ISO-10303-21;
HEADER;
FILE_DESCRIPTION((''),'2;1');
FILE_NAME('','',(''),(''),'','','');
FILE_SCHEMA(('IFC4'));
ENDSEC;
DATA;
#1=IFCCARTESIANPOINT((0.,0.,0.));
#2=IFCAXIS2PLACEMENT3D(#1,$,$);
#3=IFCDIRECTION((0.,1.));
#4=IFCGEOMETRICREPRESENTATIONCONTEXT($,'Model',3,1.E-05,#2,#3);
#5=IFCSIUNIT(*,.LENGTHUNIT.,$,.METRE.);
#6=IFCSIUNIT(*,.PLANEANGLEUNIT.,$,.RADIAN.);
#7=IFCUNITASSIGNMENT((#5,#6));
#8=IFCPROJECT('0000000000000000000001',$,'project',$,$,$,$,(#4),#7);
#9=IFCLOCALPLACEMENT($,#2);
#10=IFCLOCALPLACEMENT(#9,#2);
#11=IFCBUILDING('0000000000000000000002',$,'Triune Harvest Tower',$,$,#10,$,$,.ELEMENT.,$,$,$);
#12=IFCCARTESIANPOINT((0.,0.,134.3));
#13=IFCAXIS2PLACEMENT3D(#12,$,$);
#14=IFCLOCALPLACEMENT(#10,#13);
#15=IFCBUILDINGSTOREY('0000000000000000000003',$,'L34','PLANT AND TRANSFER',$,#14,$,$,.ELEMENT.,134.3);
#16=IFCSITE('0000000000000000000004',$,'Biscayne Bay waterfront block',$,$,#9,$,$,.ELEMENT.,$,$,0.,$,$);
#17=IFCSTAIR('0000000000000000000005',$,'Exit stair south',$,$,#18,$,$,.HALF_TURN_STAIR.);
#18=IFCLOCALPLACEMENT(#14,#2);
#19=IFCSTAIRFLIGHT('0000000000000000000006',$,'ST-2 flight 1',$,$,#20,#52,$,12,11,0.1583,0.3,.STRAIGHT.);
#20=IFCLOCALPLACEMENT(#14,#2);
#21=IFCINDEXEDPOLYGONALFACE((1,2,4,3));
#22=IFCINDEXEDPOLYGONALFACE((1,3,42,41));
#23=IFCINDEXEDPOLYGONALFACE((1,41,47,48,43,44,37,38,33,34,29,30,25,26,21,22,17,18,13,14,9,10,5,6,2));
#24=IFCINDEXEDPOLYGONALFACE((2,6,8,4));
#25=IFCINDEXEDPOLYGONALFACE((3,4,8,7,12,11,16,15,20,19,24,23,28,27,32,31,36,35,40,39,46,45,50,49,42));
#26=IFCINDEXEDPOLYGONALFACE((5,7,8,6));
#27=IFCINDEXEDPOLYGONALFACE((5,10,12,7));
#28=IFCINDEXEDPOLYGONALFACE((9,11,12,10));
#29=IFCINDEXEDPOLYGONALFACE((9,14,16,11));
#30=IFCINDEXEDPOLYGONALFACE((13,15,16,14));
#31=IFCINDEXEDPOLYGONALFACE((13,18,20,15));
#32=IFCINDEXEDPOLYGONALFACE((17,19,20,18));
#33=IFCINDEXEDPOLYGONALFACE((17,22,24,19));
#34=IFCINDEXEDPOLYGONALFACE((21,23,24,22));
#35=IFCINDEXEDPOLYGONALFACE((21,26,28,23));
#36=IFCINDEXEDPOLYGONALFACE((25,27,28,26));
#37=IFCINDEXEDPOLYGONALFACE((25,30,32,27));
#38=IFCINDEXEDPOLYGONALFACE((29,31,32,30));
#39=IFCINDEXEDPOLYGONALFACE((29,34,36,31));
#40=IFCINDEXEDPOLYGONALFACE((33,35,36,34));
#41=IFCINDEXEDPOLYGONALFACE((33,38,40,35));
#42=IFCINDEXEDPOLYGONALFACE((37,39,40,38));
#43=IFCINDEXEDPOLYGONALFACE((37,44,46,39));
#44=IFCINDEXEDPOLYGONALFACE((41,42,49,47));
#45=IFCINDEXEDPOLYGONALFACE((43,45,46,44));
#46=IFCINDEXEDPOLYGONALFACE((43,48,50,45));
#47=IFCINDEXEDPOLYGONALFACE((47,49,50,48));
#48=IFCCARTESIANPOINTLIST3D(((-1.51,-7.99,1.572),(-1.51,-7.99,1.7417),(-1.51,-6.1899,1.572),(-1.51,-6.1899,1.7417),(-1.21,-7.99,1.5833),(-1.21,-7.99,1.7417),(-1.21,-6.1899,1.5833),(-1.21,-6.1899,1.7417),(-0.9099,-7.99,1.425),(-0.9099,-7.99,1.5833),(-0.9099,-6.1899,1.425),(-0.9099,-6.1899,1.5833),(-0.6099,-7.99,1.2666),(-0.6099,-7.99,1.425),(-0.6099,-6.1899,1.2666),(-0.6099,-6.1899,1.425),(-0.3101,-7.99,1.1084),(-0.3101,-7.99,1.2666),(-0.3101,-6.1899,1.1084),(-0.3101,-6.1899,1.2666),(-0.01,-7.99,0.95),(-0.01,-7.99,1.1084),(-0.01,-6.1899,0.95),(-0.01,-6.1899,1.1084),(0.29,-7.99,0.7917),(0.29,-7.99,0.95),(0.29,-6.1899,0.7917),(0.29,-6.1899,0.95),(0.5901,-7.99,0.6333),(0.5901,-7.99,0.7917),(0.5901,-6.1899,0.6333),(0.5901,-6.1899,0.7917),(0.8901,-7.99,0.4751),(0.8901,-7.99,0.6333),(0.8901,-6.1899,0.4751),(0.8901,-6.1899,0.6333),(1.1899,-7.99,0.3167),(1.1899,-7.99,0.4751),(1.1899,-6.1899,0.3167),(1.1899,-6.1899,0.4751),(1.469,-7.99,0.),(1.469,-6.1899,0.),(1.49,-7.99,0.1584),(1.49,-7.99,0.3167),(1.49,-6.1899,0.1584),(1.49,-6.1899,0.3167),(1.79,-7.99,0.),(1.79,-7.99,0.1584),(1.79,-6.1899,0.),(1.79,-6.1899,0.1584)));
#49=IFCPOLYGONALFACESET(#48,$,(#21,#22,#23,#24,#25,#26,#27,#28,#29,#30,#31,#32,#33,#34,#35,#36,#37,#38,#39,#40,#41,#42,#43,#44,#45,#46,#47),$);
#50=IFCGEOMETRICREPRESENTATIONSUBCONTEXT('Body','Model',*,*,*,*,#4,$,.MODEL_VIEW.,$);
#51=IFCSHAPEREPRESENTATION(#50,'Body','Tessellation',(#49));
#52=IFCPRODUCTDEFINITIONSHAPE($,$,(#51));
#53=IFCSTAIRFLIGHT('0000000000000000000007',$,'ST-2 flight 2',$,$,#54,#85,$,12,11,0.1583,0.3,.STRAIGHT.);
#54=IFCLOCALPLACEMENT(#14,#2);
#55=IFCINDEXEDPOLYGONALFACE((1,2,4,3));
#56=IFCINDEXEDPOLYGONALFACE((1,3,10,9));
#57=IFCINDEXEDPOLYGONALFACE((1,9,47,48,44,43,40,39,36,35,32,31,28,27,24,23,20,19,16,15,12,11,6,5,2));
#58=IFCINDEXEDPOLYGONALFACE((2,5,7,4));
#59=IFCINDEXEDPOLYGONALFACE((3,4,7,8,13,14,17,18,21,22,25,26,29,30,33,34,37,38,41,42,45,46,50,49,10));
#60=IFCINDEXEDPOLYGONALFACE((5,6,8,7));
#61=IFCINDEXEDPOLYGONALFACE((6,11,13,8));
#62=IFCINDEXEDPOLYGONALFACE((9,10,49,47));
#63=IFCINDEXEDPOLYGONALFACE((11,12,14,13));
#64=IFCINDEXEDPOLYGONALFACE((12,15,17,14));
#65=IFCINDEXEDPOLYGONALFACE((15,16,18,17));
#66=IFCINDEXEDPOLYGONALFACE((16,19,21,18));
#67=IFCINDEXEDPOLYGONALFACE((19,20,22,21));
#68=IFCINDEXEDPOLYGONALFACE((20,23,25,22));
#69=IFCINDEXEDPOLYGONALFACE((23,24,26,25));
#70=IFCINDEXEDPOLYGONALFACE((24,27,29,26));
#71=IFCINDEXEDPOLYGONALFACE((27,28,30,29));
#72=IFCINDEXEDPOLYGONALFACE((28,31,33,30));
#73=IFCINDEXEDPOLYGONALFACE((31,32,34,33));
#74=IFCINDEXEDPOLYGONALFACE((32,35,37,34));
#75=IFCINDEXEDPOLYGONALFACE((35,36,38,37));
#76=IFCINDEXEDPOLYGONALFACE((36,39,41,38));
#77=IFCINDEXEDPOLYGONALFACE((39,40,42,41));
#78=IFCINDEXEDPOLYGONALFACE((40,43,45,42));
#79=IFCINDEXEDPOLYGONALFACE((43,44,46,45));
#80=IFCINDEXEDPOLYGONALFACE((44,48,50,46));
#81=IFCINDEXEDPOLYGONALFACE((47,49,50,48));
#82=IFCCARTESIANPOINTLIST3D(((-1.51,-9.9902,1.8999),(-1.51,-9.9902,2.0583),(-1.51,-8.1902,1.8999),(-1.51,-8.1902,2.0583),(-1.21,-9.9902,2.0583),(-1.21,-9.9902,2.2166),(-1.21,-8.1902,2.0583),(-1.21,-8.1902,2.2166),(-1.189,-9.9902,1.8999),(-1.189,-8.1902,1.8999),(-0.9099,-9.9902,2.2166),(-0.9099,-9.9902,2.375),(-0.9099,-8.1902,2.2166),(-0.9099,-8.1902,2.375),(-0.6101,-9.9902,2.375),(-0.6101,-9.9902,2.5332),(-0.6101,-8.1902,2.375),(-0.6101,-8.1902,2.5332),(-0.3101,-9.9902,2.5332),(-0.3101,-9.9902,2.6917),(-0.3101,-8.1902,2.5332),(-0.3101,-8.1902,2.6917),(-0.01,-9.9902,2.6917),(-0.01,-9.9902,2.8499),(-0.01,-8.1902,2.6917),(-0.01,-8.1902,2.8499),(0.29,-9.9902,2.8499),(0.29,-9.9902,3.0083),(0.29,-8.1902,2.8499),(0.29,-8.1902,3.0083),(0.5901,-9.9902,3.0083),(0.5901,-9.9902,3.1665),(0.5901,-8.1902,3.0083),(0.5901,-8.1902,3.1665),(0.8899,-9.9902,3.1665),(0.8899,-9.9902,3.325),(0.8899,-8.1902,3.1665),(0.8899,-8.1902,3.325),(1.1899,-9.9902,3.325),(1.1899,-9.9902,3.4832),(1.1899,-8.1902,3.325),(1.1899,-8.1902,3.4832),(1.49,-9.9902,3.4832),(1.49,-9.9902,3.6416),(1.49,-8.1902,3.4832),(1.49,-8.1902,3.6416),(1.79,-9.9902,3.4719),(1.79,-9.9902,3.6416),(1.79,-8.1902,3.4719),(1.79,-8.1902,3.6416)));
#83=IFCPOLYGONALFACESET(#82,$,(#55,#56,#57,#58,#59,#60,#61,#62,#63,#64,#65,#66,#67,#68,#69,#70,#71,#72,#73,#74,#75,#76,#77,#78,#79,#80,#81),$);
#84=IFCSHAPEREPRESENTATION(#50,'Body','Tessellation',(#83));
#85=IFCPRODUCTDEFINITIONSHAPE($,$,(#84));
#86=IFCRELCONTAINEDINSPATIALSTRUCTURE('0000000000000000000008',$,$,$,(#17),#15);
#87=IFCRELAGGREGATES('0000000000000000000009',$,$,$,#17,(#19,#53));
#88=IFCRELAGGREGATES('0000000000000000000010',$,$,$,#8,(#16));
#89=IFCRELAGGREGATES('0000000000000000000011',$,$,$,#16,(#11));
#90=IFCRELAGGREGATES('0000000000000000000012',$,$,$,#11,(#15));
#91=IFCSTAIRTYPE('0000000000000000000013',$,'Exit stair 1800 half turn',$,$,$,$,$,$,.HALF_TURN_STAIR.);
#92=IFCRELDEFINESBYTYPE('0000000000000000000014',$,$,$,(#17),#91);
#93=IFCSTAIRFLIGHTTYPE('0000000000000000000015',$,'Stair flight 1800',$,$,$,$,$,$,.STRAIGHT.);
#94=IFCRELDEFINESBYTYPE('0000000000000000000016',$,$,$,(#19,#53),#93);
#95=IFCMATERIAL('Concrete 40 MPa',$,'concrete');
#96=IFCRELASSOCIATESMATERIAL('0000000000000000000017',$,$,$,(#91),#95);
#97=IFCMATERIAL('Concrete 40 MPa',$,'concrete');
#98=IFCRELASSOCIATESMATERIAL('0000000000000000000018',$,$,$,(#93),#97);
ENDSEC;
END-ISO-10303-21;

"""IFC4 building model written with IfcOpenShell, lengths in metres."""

from ifc_helpers import new_model, si_unit, direction, frame, origin, place, context, subcontext, project, spatial, polyline, outline, extrude, source, transform, mapped, material, type_object, element, aggregate, save


model = new_model("IFC4")

# Units and contexts
model_context = context("Model", 3, precision=1e-05, world=origin(), true_north=direction((0.0, 1.0)))
body_context = subcontext(model_context, "Body", "Model", "MODEL_VIEW")
ifc_project = project(units=[si_unit("LENGTHUNIT", "METRE"), si_unit("PLANEANGLEUNIT", "RADIAN")], contexts=[model_context])

# Site, building, storey
site_placement = place(None, origin())
site = spatial("IfcSite", under=ifc_project, at=site_placement, Name="Biscayne Bay waterfront block", CompositionType="ELEMENT", RefElevation=0.0)
building_placement = place(site_placement, origin())
building = spatial("IfcBuilding", under=site, at=building_placement, Name="Triune Harvest Tower", CompositionType="ELEMENT")
storey_placement = place(building_placement, frame((0.0, 0.0, 134.3)))
storey = spatial("IfcBuildingStorey", under=building, at=storey_placement, Name="L34", Description="PLANT AND TRANSFER", CompositionType="ELEMENT", Elevation=134.3)

# Stair, stair flights
ifc_material_1 = material(Name="Concrete 40 MPa", Category="concrete")
stair_type = type_object("IfcStairType", Name="Exit stair 1800 half turn", PredefinedType="HALF_TURN_STAIR", material=ifc_material_1)
stair_placement = place(storey_placement, origin())
stair = element("IfcStair", 1, at=stair_placement, inside=storey, type_object=stair_type, Name="Exit stair south", PredefinedType="HALF_TURN_STAIR")
ifc_material_2 = material(Name="Concrete 40 MPa", Category="concrete")
stair_flight_type = type_object("IfcStairFlightType", Name="Stair flight 1800", PredefinedType="STRAIGHT", material=ifc_material_2)
shared_shape_1 = source(origin(), body_context, "Body", "SweptSolid", [
    extrude(outline(polyline([(0.0, 0.0), (0.0, 0.1584), (0.3, 0.1584), (0.3, 0.3167), (0.6001, 0.3167), (0.6001, 0.4751), (0.8999, 0.4751), (0.8999, 0.6333), (1.2, 0.6333), (1.2, 0.7917), (1.5, 0.7917), (1.5, 0.95), (1.8, 0.95), (1.8, 1.1084), (2.1001, 1.1084), (2.1001, 1.2666), (2.3999, 1.2666), (2.3999, 1.425), (2.7, 1.425), (2.7, 1.5833), (3.0, 1.5833), (3.0, 1.7417), (3.3, 1.7417), (3.3, 1.8999), (3.3, 1.572), (0.321, 0.0), (0.0, 0.0)])), frame((0.0, 0.8999, 0.0), z_axis=(0.0, -1.0, 0.0), x_axis=(1.0, 0.0, 0.0)), (0.0, 0.0, 1.0), 1.8),
])
stair_flight_1_placement = place(storey_placement, frame((1.79, -7.0901, 0.0), z_axis=(0.0, 0.0, 1.0), x_axis=(-1.0, 0.0, 0.0)))
stair_flight_1 = element("IfcStairFlight", 2, at=stair_flight_1_placement, type_object=stair_flight_type, Name="ST-2 flight 1", NumberOfRisers=12, NumberOfTreads=11, PredefinedType="STRAIGHT", RiserHeight=0.1583, TreadLength=0.3, context=body_context, shape_type="MappedRepresentation", body=[
    mapped(shared_shape_1, transform((0.0, 0.0, 0.0), scale=1.0)),
])
stair_flight_2_placement = place(storey_placement, frame((-1.51, -9.0901, 1.8999), z_axis=(0.0, 0.0, 1.0), x_axis=(1.0, 0.0, 0.0)))
stair_flight_2 = element("IfcStairFlight", 3, at=stair_flight_2_placement, type_object=stair_flight_type, Name="ST-2 flight 2", NumberOfRisers=12, NumberOfTreads=11, PredefinedType="STRAIGHT", RiserHeight=0.1583, TreadLength=0.3, context=body_context, shape_type="MappedRepresentation", body=[
    mapped(shared_shape_1, transform((0.0, 0.0, 0.0), scale=1.0)),
])
aggregate(stair, [stair_flight_1, stair_flight_2])

save(model, "model.ifc")
